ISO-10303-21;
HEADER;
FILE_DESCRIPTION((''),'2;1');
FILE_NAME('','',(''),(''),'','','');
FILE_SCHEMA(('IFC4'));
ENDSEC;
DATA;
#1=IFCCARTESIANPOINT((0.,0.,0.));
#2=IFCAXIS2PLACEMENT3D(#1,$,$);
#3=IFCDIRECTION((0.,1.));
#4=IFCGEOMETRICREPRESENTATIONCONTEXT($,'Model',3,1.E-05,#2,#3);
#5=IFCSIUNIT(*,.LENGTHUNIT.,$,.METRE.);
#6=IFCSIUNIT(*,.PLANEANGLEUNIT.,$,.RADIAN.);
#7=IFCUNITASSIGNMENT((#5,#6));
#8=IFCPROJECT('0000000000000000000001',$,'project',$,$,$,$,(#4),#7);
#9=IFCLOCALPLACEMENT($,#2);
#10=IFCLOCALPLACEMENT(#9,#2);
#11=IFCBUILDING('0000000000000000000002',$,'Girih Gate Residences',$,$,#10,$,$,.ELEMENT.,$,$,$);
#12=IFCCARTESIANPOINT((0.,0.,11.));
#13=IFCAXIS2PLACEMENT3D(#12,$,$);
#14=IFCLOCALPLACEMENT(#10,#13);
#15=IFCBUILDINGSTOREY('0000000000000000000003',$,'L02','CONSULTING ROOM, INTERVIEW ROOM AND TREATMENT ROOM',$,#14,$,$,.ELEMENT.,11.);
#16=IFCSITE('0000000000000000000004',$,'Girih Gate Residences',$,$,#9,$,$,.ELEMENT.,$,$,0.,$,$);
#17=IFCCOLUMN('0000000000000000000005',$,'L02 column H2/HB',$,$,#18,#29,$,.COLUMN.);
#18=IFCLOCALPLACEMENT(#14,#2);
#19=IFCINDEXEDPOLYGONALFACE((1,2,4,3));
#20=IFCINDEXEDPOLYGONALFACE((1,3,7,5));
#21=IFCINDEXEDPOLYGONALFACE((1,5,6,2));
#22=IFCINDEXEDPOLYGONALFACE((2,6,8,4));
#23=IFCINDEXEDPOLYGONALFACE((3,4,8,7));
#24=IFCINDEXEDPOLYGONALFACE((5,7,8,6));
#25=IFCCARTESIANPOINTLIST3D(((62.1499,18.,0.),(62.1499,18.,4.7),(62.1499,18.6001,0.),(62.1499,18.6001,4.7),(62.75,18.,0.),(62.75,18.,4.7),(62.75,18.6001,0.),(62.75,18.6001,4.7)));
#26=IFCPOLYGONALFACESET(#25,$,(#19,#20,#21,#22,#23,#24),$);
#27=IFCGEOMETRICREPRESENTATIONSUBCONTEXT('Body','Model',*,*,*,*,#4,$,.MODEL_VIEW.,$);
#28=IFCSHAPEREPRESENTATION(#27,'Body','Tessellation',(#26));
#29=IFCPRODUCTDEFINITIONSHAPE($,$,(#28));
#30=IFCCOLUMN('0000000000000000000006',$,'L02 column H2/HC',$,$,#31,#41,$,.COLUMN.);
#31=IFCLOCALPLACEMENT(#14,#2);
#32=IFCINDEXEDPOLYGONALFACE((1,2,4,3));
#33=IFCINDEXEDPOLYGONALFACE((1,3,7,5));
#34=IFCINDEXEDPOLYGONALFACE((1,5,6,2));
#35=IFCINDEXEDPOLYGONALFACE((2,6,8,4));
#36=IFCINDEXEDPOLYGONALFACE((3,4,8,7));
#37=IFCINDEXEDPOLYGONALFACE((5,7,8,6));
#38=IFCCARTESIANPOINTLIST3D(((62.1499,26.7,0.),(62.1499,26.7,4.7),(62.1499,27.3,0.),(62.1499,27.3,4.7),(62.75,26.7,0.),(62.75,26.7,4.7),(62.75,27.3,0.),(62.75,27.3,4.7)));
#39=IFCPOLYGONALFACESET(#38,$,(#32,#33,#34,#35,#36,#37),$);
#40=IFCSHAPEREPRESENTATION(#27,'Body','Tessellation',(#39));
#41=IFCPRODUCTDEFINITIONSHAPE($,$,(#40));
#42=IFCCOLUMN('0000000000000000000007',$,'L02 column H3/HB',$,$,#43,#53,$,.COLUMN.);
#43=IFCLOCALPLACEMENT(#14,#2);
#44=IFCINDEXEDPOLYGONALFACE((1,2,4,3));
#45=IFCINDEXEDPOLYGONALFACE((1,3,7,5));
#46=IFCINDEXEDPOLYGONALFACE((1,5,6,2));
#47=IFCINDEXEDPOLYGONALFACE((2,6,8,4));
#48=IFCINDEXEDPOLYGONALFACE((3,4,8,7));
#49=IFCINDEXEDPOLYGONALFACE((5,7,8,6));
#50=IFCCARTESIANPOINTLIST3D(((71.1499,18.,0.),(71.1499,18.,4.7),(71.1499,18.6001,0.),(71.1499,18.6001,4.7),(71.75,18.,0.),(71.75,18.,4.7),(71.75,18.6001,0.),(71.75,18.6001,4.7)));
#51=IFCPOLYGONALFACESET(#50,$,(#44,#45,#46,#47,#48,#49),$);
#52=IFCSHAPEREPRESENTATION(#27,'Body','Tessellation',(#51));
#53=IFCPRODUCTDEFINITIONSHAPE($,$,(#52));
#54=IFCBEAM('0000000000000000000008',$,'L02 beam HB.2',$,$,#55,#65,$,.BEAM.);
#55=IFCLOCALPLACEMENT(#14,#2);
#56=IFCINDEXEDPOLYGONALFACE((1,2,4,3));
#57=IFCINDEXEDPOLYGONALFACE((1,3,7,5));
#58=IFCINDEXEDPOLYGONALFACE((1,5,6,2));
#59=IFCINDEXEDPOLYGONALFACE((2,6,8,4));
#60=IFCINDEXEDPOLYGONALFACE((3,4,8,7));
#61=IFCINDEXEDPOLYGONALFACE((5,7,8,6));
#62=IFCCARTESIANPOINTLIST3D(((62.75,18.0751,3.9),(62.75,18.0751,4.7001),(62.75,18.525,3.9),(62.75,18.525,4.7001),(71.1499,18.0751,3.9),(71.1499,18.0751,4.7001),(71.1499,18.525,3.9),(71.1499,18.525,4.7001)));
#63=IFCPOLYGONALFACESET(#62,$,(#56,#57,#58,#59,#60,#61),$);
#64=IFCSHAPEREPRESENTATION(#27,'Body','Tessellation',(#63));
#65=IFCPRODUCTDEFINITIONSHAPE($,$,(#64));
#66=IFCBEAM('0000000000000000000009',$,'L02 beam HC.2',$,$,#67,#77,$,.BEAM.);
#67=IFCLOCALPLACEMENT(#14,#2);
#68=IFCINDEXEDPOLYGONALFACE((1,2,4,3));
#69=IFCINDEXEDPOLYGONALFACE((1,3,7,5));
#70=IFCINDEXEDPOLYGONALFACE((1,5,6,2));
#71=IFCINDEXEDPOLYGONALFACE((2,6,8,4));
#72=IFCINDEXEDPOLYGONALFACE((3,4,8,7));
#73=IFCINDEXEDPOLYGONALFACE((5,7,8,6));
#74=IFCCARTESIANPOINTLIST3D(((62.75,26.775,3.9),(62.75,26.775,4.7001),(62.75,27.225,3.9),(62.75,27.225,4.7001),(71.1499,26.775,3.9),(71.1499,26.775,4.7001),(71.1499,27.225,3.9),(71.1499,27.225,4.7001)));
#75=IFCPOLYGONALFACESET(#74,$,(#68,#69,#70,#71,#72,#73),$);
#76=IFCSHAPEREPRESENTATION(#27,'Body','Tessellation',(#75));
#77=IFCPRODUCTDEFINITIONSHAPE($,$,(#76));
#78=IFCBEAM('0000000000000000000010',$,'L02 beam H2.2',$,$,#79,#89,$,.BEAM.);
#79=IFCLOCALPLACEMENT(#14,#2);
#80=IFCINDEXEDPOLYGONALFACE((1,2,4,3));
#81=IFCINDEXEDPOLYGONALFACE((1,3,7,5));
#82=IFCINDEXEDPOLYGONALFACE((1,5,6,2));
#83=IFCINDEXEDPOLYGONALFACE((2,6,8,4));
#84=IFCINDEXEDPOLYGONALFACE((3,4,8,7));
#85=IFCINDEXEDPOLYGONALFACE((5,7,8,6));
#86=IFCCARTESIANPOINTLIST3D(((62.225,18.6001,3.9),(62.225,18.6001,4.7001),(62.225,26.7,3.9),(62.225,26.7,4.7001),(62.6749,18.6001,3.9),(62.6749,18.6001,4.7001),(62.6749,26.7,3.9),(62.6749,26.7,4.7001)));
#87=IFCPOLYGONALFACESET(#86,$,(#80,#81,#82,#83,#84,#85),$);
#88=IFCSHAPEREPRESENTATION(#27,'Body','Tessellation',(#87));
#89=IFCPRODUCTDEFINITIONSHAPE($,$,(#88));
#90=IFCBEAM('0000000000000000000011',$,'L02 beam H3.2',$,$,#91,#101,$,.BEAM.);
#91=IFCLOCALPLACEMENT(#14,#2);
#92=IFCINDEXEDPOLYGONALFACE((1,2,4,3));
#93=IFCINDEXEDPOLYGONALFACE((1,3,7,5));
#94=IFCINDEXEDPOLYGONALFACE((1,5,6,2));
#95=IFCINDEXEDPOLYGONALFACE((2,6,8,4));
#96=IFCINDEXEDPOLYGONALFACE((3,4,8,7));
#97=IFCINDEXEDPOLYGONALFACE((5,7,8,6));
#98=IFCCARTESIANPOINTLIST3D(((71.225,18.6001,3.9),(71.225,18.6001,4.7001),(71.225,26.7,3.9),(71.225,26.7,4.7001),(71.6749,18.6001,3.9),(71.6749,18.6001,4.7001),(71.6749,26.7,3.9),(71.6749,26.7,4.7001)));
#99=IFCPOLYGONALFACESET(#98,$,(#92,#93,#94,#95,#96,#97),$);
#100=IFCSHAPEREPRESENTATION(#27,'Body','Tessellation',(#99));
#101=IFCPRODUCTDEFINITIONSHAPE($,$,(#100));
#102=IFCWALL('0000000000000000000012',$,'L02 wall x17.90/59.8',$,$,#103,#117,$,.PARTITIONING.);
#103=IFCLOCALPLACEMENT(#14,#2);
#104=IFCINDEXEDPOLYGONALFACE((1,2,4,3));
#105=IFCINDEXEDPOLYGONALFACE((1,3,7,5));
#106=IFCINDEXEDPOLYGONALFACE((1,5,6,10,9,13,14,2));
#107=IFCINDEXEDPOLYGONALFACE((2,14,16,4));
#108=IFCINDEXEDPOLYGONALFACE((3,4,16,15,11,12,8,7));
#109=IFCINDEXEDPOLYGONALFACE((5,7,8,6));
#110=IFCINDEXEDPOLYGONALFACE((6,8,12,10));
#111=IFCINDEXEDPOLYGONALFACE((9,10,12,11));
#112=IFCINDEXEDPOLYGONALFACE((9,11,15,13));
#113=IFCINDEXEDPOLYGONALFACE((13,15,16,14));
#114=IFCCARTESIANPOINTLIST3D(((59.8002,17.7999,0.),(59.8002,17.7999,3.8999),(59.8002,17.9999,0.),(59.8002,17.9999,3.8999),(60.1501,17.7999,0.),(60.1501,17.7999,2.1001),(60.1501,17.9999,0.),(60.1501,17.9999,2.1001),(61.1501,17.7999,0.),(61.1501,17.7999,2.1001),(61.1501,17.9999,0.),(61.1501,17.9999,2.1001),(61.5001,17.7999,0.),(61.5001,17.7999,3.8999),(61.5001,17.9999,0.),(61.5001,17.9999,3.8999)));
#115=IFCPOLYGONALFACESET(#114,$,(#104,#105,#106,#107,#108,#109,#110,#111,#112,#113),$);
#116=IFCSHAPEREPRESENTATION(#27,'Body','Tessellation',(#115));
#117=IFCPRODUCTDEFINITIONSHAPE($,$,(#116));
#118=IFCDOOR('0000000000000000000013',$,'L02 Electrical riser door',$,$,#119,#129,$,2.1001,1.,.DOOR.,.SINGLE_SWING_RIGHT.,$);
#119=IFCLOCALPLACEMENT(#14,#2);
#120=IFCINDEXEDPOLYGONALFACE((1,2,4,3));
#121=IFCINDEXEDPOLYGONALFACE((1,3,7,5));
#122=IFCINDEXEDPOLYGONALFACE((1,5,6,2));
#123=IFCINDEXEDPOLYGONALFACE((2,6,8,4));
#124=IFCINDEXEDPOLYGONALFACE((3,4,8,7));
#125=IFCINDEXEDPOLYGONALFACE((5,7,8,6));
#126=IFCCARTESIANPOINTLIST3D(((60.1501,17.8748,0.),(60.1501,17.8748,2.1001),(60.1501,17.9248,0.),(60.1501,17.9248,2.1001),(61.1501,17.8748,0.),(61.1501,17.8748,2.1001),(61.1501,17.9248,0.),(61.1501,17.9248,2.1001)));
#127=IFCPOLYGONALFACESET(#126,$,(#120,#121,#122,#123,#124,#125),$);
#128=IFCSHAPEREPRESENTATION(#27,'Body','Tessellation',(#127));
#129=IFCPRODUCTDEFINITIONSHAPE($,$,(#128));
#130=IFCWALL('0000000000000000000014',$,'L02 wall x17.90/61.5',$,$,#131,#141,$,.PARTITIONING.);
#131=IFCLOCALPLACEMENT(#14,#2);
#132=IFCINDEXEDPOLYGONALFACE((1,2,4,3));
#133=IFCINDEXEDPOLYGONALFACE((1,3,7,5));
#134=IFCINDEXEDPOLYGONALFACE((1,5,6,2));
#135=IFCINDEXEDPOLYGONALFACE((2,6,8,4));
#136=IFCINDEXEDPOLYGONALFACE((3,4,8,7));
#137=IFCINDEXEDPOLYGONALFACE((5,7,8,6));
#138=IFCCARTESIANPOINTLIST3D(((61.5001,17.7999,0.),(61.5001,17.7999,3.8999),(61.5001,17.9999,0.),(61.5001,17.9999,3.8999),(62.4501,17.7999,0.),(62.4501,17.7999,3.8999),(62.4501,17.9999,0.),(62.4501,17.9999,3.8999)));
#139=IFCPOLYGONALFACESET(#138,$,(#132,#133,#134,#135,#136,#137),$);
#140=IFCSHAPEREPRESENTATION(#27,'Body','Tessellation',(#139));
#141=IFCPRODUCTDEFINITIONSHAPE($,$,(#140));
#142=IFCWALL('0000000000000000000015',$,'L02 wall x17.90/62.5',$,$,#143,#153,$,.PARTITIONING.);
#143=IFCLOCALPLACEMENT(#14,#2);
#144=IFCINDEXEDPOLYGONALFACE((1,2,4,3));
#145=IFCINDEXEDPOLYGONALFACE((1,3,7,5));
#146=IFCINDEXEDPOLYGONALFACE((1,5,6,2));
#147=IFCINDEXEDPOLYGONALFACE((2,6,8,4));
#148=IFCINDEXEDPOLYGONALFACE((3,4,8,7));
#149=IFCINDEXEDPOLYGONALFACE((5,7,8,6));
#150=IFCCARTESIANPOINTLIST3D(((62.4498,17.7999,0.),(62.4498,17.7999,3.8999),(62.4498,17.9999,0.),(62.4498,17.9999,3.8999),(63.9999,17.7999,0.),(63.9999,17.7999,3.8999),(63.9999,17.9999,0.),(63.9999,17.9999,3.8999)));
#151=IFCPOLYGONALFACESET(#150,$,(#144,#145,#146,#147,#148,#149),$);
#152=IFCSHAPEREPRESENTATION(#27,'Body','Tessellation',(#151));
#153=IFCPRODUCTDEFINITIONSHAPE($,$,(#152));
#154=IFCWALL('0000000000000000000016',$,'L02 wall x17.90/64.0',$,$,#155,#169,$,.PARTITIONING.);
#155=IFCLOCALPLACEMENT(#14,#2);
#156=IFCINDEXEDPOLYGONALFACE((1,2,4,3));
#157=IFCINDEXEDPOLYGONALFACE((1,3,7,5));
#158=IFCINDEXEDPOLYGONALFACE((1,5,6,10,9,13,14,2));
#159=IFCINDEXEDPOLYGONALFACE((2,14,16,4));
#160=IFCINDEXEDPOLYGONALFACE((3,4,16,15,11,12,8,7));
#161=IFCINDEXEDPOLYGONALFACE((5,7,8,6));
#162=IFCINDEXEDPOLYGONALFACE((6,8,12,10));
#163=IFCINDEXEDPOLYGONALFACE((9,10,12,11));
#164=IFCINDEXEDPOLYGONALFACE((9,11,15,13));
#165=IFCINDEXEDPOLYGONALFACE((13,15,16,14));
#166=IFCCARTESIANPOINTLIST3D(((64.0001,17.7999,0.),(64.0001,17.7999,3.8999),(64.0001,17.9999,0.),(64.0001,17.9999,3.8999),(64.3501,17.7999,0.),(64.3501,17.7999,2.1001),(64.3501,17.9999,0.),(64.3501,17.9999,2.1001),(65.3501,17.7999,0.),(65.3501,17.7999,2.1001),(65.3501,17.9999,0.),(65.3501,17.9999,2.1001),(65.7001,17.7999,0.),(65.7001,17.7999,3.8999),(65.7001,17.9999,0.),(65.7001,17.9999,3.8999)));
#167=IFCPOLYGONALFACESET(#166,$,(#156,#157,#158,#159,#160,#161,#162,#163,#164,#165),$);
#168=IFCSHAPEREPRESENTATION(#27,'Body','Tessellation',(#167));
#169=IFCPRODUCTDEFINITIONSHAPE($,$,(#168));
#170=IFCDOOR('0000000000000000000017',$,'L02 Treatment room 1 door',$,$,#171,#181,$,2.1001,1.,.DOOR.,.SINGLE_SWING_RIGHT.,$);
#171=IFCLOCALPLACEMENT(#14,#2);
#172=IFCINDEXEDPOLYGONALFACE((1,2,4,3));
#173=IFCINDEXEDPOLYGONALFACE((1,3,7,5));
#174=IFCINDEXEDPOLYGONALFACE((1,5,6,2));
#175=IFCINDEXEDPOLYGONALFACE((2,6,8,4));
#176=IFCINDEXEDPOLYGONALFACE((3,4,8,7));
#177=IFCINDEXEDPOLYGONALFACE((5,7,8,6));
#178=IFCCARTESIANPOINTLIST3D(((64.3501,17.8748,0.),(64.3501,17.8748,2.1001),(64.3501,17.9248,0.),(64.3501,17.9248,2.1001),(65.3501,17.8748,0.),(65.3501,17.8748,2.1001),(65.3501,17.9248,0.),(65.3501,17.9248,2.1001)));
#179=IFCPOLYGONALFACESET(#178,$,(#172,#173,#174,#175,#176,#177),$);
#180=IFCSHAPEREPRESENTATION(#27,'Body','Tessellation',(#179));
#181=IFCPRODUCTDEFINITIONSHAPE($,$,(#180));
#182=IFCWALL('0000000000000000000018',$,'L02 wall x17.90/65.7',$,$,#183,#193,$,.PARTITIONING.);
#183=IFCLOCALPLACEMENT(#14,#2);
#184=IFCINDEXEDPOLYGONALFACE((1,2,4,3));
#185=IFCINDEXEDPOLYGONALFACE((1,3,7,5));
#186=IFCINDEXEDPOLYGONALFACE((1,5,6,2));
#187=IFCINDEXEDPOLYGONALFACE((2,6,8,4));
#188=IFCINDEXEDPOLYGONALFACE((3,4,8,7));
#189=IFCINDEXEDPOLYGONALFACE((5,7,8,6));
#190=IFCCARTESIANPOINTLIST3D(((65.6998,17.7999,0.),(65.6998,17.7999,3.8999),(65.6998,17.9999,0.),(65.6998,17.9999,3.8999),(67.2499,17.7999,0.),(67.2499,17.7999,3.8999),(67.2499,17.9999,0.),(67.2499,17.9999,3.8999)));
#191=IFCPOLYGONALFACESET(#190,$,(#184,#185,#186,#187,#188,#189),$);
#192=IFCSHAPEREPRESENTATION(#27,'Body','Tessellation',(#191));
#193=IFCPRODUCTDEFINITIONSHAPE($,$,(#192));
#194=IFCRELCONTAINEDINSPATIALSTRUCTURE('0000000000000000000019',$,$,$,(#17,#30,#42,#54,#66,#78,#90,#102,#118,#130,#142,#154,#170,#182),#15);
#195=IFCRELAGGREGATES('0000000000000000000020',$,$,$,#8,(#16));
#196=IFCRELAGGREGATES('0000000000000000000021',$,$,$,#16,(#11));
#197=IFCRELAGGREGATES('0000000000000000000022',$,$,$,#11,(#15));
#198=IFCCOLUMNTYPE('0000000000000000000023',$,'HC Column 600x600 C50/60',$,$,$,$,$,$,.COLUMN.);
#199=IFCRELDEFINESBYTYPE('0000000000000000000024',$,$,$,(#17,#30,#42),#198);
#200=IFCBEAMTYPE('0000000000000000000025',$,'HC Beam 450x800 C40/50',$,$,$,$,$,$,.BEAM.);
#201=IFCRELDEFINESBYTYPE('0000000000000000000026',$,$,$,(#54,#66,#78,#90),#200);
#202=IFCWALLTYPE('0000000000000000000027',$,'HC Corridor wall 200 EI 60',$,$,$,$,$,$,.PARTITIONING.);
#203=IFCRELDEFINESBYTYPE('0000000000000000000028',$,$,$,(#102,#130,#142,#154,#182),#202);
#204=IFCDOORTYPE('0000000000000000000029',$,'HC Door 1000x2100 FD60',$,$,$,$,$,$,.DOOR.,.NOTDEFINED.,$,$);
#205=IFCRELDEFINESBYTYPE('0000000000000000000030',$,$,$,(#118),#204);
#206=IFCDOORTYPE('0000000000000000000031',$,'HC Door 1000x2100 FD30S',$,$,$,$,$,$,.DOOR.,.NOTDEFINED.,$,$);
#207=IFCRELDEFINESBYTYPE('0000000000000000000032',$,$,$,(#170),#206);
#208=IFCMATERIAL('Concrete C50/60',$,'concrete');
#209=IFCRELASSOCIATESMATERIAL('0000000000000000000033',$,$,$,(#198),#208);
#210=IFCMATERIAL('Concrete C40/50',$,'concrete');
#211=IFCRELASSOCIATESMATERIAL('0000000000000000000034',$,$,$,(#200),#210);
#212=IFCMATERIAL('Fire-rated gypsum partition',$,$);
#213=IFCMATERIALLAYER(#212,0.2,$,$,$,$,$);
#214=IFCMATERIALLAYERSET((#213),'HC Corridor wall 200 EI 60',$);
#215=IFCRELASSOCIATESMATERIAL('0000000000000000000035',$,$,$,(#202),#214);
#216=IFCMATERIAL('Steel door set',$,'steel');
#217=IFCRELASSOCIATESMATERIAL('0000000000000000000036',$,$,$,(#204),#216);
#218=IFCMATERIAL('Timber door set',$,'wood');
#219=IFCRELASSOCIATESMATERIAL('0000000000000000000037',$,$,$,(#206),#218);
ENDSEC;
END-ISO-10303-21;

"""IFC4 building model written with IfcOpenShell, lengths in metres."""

from ifc_helpers import new_model, si_unit, direction, frame, frame_2d, origin, origin_2d, place, context, subcontext, project, spatial, rectangle, extrude, material, layer, layer_set, material_profile, profile_set, type_object, element, fill, save


model = new_model("IFC4")

# Units and contexts
model_context = context("Model", 3, precision=1e-05, world=origin(), true_north=direction((0.0, 1.0)))
body_context = subcontext(model_context, "Body", "Model", "MODEL_VIEW")
ifc_project = project(units=[si_unit("LENGTHUNIT", "METRE"), si_unit("PLANEANGLEUNIT", "RADIAN")], contexts=[model_context])

# Site, building, storey
site_placement = place(None, origin())
site = spatial("IfcSite", under=ifc_project, at=site_placement, Name="Girih Gate Residences", CompositionType="ELEMENT", RefElevation=0.0)
building_placement = place(site_placement, origin())
building = spatial("IfcBuilding", under=site, at=building_placement, Name="Girih Gate Residences", CompositionType="ELEMENT")
storey_placement = place(building_placement, frame((0.0, 0.0, 11.0)))
storey = spatial("IfcBuildingStorey", under=building, at=storey_placement, Name="L02", Description="CONSULTING ROOM, INTERVIEW ROOM AND TREATMENT ROOM", CompositionType="ELEMENT", Elevation=11.0)

# Columns
ifc_material_1 = material(Name="Concrete C50/60", Category="concrete")
ifc_material_profile_1 = material_profile(ifc_material_1, rectangle(XDim=0.6001, YDim=0.6001, at=origin_2d()))
ifc_profile_set_1 = profile_set([ifc_material_profile_1], Name="Concrete C50/60")
column_type = type_object("IfcColumnType", Name="HC Column 600x600 C50/60", PredefinedType="COLUMN", material=ifc_profile_set_1)
for number, where, z_axis, x_axis, name in (
    (1, (62.45, 18.3, 0.0), (0.0, 0.0, 1.0), (1.0, 0.0, 0.0), "L02 column H2/HB"),
    (2, (62.45, 27.0, 0.0), (0.0, 0.0, 1.0), (1.0, 0.0, 0.0), "L02 column H2/HC"),
    (3, (71.45, 18.3, 0.0), (0.0, 0.0, 1.0), (1.0, 0.0, 0.0), "L02 column H3/HB"),
):
    element("IfcColumn", number, at=place(storey_placement, frame(where, z_axis=z_axis, x_axis=x_axis)), inside=storey, type_object=column_type, Name=name, PredefinedType="COLUMN", context=body_context, shape_type="SweptSolid", body=[
        extrude(rectangle(XDim=0.6001, YDim=0.6001, at=origin_2d()), origin(), (0.0, 0.0, 1.0), 4.7),
    ])

# Beams
ifc_material_2 = material(Name="Concrete C40/50", Category="concrete")
ifc_material_profile_2 = material_profile(ifc_material_2, rectangle(XDim=0.45, YDim=0.8, at=origin_2d()))
ifc_profile_set_2 = profile_set([ifc_material_profile_2], Name="Concrete C40/50")
beam_type = type_object("IfcBeamType", Name="HC Beam 450x800 C40/50", PredefinedType="BEAM", material=ifc_profile_set_2)
for number, where, z_axis, x_axis, name in (
    (4, (62.75, 18.3, 4.3), (1.0, 0.0, 0.0), (0.0, 1.0, 0.0), "L02 beam HB.2"),
    (5, (62.75, 27.0, 4.3), (1.0, 0.0, 0.0), (0.0, 1.0, 0.0), "L02 beam HC.2"),
):
    element("IfcBeam", number, at=place(storey_placement, frame(where, z_axis=z_axis, x_axis=x_axis)), inside=storey, type_object=beam_type, Name=name, PredefinedType="BEAM", context=body_context, shape_type="SweptSolid", body=[
        extrude(rectangle(XDim=0.45, YDim=0.8, at=origin_2d()), origin(), (0.0, 0.0, 1.0), 8.3999),
    ])
for number, where, z_axis, x_axis, name in (
    (6, (62.45, 18.6001, 4.3), (0.0, 1.0, 0.0), (-1.0, 0.0, 0.0), "L02 beam H2.2"),
    (7, (71.45, 18.6001, 4.3), (0.0, 1.0, 0.0), (-1.0, 0.0, 0.0), "L02 beam H3.2"),
):
    element("IfcBeam", number, at=place(storey_placement, frame(where, z_axis=z_axis, x_axis=x_axis)), inside=storey, type_object=beam_type, Name=name, PredefinedType="BEAM", context=body_context, shape_type="SweptSolid", body=[
        extrude(rectangle(XDim=0.45, YDim=0.8, at=origin_2d()), origin(), (0.0, 0.0, 1.0), 8.0999),
    ])

# Wall, opening, door
ifc_material_3 = material(Name="Fire-rated gypsum partition")
ifc_layer_1 = layer(ifc_material_3, 0.2)
ifc_layer_set_1 = layer_set([ifc_layer_1], Name="HC Corridor wall 200 EI 60")
wall_type_1 = type_object("IfcWallType", Name="HC Corridor wall 200 EI 60", PredefinedType="PARTITIONING", material=ifc_layer_set_1)
wall_1_placement = place(storey_placement, frame((59.8, 17.8999, 0.0), z_axis=(0.0, 0.0, 1.0), x_axis=(1.0, 0.0, 0.0)))
wall_1 = element("IfcWall", 8, at=wall_1_placement, inside=storey, type_object=wall_type_1, Name="L02 wall x17.90/59.8", PredefinedType="PARTITIONING", context=body_context, shape_type="SweptSolid", body=[
    extrude(rectangle(XDim=1.7, YDim=0.2, at=frame_2d((0.8501, 0.0))), origin(), (0.0, 0.0, 1.0), 3.8999),
])
opening_1_placement = place(wall_1_placement, frame((0.3501, 0.0, 0.0)))
opening_1 = element("IfcOpeningElement", 9, at=opening_1_placement, cuts=wall_1, PredefinedType="OPENING", context=body_context, shape_type="SweptSolid", body=[
    extrude(rectangle(XDim=1.0, YDim=2.1001, at=frame_2d((0.5, 1.05))), frame((0.0, 0.1099, 0.0), z_axis=(0.0, -1.0, 0.0), x_axis=(1.0, 0.0, 0.0)), (0.0, 0.0, 1.0), 0.22),
])
ifc_material_4 = material(Name="Steel door set", Category="steel")
door_type_1 = type_object("IfcDoorType", Name="HC Door 1000x2100 FD60", OperationType="NOTDEFINED", PredefinedType="DOOR", material=ifc_material_4)
door_1_placement = place(opening_1_placement, origin())
door_1 = element("IfcDoor", 10, at=door_1_placement, inside=storey, type_object=door_type_1, Name="L02 Electrical riser door", OperationType="SINGLE_SWING_RIGHT", OverallHeight=2.1001, OverallWidth=1.0, PredefinedType="DOOR", context=body_context, shape_type="SweptSolid", body=[
    extrude(rectangle(XDim=1.0, YDim=2.1001, at=frame_2d((0.5, 1.05))), frame((0.0, 0.0249, 0.0), z_axis=(0.0, -1.0, 0.0), x_axis=(1.0, 0.0, 0.0)), (0.0, 0.0, 1.0), 0.05),
])
fill(opening_1, door_1)

# Walls
wall_2_placement = place(storey_placement, frame((61.5, 17.8999, 0.0), z_axis=(0.0, 0.0, 1.0), x_axis=(1.0, 0.0, 0.0)))
element("IfcWall", 11, at=wall_2_placement, inside=storey, type_object=wall_type_1, Name="L02 wall x17.90/61.5", PredefinedType="PARTITIONING", context=body_context, shape_type="SweptSolid", body=[
    extrude(rectangle(XDim=0.95, YDim=0.2, at=frame_2d((0.4751, 0.0))), origin(), (0.0, 0.0, 1.0), 3.8999),
])
wall_3_placement = place(storey_placement, frame((62.45, 17.8999, 0.0), z_axis=(0.0, 0.0, 1.0), x_axis=(1.0, 0.0, 0.0)))
element("IfcWall", 12, at=wall_3_placement, inside=storey, type_object=wall_type_1, Name="L02 wall x17.90/62.5", PredefinedType="PARTITIONING", context=body_context, shape_type="SweptSolid", body=[
    extrude(rectangle(XDim=1.55, YDim=0.2, at=frame_2d((0.7749, 0.0))), origin(), (0.0, 0.0, 1.0), 3.8999),
])

# Wall, opening, door
wall_4_placement = place(storey_placement, frame((64.0, 17.8999, 0.0), z_axis=(0.0, 0.0, 1.0), x_axis=(1.0, 0.0, 0.0)))
wall_4 = element("IfcWall", 13, at=wall_4_placement, inside=storey, type_object=wall_type_1, Name="L02 wall x17.90/64.0", PredefinedType="PARTITIONING", context=body_context, shape_type="SweptSolid", body=[
    extrude(rectangle(XDim=1.7, YDim=0.2, at=frame_2d((0.8501, 0.0))), origin(), (0.0, 0.0, 1.0), 3.8999),
])
opening_2_placement = place(wall_4_placement, frame((0.3501, 0.0, 0.0)))
opening_2 = element("IfcOpeningElement", 14, at=opening_2_placement, cuts=wall_4, PredefinedType="OPENING", context=body_context, shape_type="SweptSolid", body=[
    extrude(rectangle(XDim=1.0, YDim=2.1001, at=frame_2d((0.5, 1.05))), frame((0.0, 0.1099, 0.0), z_axis=(0.0, -1.0, 0.0), x_axis=(1.0, 0.0, 0.0)), (0.0, 0.0, 1.0), 0.22),
])
ifc_material_5 = material(Name="Timber door set", Category="wood")
door_type_2 = type_object("IfcDoorType", Name="HC Door 1000x2100 FD30S", OperationType="NOTDEFINED", PredefinedType="DOOR", material=ifc_material_5)
door_2_placement = place(opening_2_placement, origin())
door_2 = element("IfcDoor", 15, at=door_2_placement, inside=storey, type_object=door_type_2, Name="L02 Treatment room 1 door", OperationType="SINGLE_SWING_RIGHT", OverallHeight=2.1001, OverallWidth=1.0, PredefinedType="DOOR", context=body_context, shape_type="SweptSolid", body=[
    extrude(rectangle(XDim=1.0, YDim=2.1001, at=frame_2d((0.5, 1.05))), frame((0.0, 0.0249, 0.0), z_axis=(0.0, -1.0, 0.0), x_axis=(1.0, 0.0, 0.0)), (0.0, 0.0, 1.0), 0.05),
])
fill(opening_2, door_2)

# Wall
wall_5_placement = place(storey_placement, frame((65.7, 17.8999, 0.0), z_axis=(0.0, 0.0, 1.0), x_axis=(1.0, 0.0, 0.0)))
element("IfcWall", 16, at=wall_5_placement, inside=storey, type_object=wall_type_1, Name="L02 wall x17.90/65.7", PredefinedType="PARTITIONING", context=body_context, shape_type="SweptSolid", body=[
    extrude(rectangle(XDim=1.55, YDim=0.2, at=frame_2d((0.7749, 0.0))), origin(), (0.0, 0.0, 1.0), 3.8999),
])

save(model, "model.ifc")
